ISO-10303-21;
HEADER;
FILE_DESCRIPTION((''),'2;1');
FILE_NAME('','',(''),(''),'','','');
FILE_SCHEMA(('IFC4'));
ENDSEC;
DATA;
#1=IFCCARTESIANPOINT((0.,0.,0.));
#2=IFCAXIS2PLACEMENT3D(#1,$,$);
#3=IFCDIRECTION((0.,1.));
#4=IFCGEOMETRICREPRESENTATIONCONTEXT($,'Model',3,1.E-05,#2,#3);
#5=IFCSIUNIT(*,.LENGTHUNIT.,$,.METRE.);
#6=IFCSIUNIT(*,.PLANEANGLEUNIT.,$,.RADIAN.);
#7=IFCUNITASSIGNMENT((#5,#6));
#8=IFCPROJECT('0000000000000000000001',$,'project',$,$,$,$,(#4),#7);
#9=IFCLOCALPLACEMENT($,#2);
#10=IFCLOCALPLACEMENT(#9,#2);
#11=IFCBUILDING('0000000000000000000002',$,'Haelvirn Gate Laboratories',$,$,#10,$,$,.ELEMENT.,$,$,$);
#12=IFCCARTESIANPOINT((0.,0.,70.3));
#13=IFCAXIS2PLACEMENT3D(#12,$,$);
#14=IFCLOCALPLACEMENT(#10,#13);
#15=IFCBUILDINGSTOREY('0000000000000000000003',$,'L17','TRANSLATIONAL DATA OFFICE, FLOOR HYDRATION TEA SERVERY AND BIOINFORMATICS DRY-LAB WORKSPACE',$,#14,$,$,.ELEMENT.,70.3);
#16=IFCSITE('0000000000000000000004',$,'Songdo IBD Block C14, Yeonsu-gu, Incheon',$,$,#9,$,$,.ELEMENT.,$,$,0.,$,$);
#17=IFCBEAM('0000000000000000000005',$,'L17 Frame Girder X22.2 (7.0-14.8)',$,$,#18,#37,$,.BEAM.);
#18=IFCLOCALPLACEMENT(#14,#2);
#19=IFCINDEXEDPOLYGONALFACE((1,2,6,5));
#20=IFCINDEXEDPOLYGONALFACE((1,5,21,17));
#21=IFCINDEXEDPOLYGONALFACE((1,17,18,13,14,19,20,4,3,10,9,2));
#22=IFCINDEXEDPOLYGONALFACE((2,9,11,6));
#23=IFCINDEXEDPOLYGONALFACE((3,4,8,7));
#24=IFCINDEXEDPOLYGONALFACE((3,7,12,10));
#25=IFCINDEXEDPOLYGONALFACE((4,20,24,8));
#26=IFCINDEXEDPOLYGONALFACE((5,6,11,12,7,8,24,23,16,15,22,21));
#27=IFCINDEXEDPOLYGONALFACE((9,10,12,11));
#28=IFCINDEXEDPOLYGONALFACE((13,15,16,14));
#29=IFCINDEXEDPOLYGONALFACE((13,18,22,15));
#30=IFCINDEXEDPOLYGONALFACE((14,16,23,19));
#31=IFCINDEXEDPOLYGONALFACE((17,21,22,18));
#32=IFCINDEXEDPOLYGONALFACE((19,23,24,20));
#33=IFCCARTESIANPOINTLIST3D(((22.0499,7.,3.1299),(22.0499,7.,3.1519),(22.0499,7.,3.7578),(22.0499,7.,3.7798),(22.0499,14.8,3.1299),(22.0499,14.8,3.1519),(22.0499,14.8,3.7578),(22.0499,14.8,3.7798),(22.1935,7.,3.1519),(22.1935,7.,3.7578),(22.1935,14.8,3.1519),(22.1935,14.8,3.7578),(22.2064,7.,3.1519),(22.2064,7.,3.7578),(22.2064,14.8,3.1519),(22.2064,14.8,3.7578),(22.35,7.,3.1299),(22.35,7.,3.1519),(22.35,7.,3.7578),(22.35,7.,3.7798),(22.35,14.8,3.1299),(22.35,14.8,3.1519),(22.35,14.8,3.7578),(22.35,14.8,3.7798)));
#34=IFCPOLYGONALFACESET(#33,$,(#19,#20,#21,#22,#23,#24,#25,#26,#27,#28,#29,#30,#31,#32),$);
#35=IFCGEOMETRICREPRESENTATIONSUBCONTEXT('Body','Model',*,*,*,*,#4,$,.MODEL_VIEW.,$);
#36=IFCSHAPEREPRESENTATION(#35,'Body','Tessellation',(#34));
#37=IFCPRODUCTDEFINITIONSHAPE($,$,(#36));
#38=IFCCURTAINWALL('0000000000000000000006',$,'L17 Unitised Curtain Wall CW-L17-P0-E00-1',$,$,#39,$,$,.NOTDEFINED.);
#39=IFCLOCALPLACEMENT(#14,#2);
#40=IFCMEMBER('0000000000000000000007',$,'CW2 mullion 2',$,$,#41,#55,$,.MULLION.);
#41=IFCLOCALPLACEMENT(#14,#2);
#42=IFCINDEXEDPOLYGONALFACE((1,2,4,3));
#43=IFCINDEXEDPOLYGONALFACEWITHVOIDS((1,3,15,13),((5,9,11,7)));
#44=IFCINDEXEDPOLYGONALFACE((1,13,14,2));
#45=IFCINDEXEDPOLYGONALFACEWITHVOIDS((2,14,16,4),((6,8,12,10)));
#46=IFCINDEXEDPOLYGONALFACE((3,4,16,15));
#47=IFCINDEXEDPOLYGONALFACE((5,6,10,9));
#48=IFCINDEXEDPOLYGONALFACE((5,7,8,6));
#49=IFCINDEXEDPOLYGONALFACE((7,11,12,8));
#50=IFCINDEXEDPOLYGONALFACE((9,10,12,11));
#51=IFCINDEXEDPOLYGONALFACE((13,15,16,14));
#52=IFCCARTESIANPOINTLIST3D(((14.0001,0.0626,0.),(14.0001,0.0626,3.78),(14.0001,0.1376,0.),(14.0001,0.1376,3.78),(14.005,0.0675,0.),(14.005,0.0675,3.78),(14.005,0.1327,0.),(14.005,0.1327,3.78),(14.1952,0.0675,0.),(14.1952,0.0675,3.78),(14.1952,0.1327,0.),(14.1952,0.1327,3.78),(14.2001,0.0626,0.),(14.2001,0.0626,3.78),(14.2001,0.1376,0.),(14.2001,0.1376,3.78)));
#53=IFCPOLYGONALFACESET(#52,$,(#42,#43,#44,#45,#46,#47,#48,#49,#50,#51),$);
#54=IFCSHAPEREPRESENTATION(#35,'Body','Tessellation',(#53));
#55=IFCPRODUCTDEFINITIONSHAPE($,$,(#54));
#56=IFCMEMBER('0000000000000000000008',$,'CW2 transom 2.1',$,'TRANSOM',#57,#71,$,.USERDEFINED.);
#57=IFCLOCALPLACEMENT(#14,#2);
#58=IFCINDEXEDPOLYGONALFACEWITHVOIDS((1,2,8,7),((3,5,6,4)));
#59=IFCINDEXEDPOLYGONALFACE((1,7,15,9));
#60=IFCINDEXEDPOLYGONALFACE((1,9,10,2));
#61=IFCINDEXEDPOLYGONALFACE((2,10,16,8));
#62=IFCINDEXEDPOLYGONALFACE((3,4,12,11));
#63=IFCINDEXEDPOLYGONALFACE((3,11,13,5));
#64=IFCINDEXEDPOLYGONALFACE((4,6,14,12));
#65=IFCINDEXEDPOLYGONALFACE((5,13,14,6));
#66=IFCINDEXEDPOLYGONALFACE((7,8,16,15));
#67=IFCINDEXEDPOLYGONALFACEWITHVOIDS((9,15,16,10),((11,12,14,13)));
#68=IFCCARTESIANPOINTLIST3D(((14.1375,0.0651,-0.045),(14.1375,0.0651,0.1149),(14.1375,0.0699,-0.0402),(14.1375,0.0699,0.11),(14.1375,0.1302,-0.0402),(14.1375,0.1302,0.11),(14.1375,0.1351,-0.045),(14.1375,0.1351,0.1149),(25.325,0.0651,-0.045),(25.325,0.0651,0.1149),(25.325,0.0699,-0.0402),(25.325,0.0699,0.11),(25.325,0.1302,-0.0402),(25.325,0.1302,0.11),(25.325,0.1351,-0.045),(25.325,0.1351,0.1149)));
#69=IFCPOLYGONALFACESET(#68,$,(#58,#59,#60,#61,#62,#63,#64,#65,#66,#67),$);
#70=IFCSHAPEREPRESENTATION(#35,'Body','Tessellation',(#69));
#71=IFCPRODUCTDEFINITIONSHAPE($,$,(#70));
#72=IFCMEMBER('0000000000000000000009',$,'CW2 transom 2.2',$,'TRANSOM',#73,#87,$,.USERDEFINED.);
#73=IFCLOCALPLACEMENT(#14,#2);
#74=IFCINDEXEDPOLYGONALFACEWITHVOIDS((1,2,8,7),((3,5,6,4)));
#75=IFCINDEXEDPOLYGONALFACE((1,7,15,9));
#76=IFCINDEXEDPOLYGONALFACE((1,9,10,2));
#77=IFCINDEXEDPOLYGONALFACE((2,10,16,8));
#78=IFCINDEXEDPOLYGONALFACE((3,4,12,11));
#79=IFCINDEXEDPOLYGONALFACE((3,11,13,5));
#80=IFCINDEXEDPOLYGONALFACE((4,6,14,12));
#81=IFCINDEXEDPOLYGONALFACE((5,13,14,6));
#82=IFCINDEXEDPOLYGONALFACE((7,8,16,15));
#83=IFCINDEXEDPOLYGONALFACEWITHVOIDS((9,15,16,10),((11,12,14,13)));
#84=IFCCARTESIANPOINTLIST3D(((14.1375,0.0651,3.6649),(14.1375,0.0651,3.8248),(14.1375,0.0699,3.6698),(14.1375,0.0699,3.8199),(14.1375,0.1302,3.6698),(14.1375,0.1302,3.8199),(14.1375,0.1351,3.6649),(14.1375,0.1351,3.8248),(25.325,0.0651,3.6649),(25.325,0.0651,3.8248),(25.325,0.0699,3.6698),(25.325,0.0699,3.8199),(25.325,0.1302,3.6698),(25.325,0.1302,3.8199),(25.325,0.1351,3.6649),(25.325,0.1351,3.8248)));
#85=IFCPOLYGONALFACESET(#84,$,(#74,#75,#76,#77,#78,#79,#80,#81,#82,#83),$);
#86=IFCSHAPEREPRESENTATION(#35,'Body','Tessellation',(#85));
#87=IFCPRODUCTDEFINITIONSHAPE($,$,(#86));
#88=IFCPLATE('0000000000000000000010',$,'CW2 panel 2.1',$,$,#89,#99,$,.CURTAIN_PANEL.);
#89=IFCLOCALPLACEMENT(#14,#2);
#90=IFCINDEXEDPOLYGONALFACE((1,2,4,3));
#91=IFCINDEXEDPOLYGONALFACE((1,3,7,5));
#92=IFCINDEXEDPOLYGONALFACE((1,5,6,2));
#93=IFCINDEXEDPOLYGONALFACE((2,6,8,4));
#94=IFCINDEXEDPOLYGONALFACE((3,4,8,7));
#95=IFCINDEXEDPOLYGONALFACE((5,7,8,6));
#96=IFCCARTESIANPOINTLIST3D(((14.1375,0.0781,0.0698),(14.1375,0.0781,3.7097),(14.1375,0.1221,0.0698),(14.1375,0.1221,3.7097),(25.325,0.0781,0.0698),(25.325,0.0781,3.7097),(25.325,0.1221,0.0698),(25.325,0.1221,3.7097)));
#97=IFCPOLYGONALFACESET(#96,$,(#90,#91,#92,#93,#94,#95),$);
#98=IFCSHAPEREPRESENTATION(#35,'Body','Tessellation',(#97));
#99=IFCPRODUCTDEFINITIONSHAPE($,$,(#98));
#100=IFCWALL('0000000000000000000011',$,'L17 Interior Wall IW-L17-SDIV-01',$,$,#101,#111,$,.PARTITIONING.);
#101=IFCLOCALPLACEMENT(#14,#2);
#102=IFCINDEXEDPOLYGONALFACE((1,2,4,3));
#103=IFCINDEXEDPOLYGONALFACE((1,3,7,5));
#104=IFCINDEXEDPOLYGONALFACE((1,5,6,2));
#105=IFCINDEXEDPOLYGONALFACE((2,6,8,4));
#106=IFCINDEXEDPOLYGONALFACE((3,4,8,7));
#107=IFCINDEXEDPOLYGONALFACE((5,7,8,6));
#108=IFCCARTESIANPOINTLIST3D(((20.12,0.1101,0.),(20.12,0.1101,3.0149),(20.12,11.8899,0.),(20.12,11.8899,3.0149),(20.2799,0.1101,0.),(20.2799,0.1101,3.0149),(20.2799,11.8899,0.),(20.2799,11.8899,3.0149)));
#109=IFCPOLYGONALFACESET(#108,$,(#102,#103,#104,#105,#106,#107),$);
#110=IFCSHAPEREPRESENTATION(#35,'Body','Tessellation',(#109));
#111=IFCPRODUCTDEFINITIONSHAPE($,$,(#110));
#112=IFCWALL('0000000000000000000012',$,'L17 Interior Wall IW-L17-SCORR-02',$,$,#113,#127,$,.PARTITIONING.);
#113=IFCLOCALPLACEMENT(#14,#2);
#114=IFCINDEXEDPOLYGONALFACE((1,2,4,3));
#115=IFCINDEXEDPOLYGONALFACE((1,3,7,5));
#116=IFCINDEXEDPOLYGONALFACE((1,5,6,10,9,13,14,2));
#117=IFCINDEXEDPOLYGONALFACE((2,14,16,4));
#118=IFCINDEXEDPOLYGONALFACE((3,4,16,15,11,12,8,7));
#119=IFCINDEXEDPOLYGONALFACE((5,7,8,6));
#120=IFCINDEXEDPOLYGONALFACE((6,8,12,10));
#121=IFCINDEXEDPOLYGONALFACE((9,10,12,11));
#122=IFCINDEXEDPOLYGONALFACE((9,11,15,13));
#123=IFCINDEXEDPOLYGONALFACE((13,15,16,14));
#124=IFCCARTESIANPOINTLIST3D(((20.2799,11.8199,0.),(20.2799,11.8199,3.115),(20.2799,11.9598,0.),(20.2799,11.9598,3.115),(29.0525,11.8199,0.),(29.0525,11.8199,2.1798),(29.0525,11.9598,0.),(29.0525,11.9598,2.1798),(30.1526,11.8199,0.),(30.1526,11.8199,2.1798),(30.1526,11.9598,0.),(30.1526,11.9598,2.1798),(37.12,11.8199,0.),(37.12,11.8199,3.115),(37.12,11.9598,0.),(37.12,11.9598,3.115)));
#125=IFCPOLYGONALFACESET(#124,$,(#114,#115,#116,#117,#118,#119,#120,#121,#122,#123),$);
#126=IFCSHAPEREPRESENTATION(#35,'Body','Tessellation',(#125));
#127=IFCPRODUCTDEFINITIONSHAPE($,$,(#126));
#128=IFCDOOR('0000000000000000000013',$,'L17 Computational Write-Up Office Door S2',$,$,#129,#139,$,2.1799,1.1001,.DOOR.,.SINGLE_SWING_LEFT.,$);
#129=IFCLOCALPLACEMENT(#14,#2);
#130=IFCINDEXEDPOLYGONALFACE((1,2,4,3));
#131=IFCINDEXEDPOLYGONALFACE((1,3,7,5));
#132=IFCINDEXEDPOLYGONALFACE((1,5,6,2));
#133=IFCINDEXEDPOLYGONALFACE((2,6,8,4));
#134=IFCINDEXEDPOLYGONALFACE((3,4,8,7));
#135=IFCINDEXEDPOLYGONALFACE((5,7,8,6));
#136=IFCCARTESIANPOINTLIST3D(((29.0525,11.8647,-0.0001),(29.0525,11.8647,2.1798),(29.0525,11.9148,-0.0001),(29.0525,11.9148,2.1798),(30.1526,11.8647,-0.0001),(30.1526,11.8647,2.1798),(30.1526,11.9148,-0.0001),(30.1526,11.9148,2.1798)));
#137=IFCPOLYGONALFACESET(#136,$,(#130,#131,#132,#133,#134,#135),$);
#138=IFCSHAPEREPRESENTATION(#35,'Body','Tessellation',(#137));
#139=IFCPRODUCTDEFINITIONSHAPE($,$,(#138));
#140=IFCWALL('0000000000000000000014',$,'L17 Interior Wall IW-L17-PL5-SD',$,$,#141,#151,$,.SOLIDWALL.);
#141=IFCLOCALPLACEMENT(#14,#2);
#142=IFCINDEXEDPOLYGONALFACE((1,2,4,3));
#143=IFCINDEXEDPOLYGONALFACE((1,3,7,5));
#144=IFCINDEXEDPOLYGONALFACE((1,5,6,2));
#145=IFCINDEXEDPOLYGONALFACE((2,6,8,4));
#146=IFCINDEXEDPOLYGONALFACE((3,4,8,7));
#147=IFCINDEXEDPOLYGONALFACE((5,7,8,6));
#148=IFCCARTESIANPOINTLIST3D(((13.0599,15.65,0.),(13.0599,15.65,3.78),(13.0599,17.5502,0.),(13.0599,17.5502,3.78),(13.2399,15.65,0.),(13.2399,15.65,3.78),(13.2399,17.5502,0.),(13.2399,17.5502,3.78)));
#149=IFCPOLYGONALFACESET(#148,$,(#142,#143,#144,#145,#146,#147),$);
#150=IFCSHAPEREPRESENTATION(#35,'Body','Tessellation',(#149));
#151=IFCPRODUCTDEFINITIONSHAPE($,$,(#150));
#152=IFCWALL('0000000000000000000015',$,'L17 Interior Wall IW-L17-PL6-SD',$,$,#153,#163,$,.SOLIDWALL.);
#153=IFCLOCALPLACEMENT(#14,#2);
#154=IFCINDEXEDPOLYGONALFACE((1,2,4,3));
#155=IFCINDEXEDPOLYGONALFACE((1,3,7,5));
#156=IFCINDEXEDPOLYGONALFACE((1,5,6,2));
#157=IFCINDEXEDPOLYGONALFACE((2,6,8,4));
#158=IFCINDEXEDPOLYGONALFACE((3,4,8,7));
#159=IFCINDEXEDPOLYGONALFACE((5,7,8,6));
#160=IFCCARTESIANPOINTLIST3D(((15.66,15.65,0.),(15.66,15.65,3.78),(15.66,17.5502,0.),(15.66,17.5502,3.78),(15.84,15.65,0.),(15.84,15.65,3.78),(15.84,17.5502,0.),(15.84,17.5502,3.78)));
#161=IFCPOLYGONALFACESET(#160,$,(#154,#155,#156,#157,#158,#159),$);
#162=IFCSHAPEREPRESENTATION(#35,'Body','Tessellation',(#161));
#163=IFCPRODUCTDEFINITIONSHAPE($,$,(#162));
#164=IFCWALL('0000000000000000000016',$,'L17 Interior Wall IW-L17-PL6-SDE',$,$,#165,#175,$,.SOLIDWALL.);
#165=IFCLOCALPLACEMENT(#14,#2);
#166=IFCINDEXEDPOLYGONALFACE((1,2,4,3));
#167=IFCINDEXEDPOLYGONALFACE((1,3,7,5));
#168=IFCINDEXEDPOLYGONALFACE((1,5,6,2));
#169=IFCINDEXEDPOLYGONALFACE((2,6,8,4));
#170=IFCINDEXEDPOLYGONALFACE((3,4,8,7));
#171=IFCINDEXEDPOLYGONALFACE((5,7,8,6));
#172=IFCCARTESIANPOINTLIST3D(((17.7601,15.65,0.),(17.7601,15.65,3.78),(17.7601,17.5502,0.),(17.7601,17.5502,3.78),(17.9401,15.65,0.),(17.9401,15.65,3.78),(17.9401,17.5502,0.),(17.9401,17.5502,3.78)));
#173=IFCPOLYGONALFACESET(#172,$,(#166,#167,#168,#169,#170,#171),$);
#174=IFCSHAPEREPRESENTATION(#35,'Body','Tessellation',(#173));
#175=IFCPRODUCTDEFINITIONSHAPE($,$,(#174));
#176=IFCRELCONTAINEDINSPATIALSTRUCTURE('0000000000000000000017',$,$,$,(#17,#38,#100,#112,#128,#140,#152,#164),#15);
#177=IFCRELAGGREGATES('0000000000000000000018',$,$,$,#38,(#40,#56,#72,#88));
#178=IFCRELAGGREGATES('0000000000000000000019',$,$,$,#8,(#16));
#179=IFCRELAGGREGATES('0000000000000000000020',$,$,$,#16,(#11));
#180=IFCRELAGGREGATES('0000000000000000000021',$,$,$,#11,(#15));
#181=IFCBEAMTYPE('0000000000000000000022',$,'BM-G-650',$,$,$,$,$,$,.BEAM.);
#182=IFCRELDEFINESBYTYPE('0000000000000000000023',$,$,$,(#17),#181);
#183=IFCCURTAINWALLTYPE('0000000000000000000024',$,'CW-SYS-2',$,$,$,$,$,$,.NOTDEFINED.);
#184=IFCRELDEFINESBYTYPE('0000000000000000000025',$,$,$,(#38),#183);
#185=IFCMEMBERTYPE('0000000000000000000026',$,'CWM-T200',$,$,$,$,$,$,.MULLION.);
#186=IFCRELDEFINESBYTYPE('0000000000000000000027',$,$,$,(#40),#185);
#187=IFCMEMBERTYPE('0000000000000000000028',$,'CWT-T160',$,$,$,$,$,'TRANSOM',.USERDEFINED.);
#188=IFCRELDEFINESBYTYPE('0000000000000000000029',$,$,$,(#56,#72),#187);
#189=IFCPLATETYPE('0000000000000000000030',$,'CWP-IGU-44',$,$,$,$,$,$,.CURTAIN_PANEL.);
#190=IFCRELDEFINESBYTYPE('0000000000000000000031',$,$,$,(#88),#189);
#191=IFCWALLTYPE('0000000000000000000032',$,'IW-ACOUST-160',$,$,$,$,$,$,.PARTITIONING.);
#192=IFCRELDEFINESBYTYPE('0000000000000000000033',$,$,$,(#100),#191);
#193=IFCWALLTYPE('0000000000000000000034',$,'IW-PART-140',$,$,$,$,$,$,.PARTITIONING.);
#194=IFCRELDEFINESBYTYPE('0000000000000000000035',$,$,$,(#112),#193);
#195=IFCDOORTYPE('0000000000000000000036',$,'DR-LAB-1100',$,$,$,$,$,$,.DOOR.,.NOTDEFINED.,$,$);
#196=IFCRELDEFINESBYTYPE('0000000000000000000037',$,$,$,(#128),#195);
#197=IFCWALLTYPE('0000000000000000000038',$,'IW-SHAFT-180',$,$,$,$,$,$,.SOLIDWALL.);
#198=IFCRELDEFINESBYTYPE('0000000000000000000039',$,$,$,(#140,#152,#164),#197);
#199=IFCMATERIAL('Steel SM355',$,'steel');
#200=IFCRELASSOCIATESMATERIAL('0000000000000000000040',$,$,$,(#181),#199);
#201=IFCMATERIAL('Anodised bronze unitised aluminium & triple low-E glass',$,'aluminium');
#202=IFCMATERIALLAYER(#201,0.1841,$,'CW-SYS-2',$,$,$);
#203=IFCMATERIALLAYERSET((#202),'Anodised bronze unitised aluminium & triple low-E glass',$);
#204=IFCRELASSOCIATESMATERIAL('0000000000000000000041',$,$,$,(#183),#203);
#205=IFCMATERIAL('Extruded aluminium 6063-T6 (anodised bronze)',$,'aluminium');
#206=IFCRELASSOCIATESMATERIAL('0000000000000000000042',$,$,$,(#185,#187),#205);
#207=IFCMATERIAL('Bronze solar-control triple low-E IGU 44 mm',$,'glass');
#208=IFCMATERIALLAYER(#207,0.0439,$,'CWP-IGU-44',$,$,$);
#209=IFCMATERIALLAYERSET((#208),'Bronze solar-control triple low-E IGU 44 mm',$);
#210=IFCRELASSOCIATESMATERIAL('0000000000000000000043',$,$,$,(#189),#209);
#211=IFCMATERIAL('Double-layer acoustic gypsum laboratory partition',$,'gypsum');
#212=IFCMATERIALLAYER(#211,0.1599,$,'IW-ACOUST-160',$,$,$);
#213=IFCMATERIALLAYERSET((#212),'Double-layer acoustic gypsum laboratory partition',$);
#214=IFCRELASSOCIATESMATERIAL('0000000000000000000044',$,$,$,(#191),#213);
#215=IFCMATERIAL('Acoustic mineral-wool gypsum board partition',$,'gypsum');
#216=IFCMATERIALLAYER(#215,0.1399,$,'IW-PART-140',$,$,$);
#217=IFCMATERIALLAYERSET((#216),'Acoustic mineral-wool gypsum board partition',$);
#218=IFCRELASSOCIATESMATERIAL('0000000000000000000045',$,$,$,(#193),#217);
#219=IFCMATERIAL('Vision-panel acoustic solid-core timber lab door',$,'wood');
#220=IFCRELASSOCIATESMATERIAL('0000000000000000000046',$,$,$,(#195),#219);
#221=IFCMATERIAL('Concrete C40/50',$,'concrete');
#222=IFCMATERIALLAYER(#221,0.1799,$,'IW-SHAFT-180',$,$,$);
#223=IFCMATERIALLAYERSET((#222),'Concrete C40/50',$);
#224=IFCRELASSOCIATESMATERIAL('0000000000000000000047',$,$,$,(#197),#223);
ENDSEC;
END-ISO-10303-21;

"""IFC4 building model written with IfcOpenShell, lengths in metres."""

from ifc_helpers import new_model, si_unit, direction, frame, frame_2d, origin, origin_2d, place, context, subcontext, project, spatial, rectangle, hollow_rectangle, i_section, extrude, source, transform, mapped, material, layer, layer_set, material_profile, profile_set, type_object, type_shapes, element, fill, aggregate, save


model = new_model("IFC4")

# Units and contexts
model_context = context("Model", 3, precision=1e-05, world=origin(), true_north=direction((0.0, 1.0)))
body_context = subcontext(model_context, "Body", "Model", "MODEL_VIEW")
ifc_project = project(units=[si_unit("LENGTHUNIT", "METRE"), si_unit("PLANEANGLEUNIT", "RADIAN")], contexts=[model_context])

# Site, building, storey
site_placement = place(None, origin())
site = spatial("IfcSite", under=ifc_project, at=site_placement, Name="Songdo IBD Block C14, Yeonsu-gu, Incheon", CompositionType="ELEMENT", RefElevation=0.0)
building_placement = place(site_placement, origin())
building = spatial("IfcBuilding", under=site, at=building_placement, Name="Haelvirn Gate Laboratories", CompositionType="ELEMENT")
storey_placement = place(building_placement, frame((0.0, 0.0, 70.3)))
storey = spatial("IfcBuildingStorey", under=building, at=storey_placement, Name="L17", Description="TRANSLATIONAL DATA OFFICE, FLOOR HYDRATION TEA SERVERY AND BIOINFORMATICS DRY-LAB WORKSPACE", CompositionType="ELEMENT", Elevation=70.3)

# Beam
ifc_material_1 = material(Name="Steel SM355", Category="steel")
ifc_material_profile_1 = material_profile(ifc_material_1, i_section(OverallWidth=0.3, OverallDepth=0.6499, WebThickness=0.0129, FlangeThickness=0.022, at=origin_2d()), Name="H-650x300x13x22")
ifc_profile_set_1 = profile_set([ifc_material_profile_1], Name="Steel SM355")
beam_type_1 = type_object("IfcBeamType", Name="BM-G-650", PredefinedType="BEAM", material=ifc_profile_set_1)
shared_shape_1 = source(origin(), body_context, "Body", "SweptSolid", [
    extrude(i_section(OverallWidth=0.3, OverallDepth=0.6499, WebThickness=0.0129, FlangeThickness=0.022, at=origin_2d()), origin(), (0.0, 0.0, 1.0), 7.8),
])
beam_1_placement = place(storey_placement, frame((22.2, 7.0, 3.4548), z_axis=(0.0, 1.0, 0.0), x_axis=(-1.0, 0.0, 0.0)))
element("IfcBeam", 1, at=beam_1_placement, inside=storey, type_object=beam_type_1, Name="L17 Frame Girder X22.2 (7.0-14.8)", PredefinedType="BEAM", context=body_context, shape_type="MappedRepresentation", body=[
    mapped(shared_shape_1, transform((0.0, 0.0, 0.0), scale=1.0)),
])

# Curtain wall, members, plate
ifc_material_2 = material(Name="Anodised bronze unitised aluminium & triple low-E glass", Category="aluminium")
ifc_layer_1 = layer(ifc_material_2, 0.1841, Name="CW-SYS-2")
ifc_layer_set_1 = layer_set([ifc_layer_1], Name="Anodised bronze unitised aluminium & triple low-E glass")
curtain_wall_type = type_object("IfcCurtainWallType", Name="CW-SYS-2", PredefinedType="NOTDEFINED", material=ifc_layer_set_1)
curtain_wall_placement = place(storey_placement, origin())
curtain_wall = element("IfcCurtainWall", 2, at=curtain_wall_placement, inside=storey, type_object=curtain_wall_type, Name="L17 Unitised Curtain Wall CW-L17-P0-E00-1", PredefinedType="NOTDEFINED")
ifc_material_3 = material(Name="Extruded aluminium 6063-T6 (anodised bronze)", Category="aluminium")
ifc_material_profile_2 = material_profile(ifc_material_3, hollow_rectangle(XDim=0.075, YDim=0.2, WallThickness=0.0049, at=origin_2d()), Name="CWM-200x75x5")
ifc_profile_set_2 = profile_set([ifc_material_profile_2], Name="Extruded aluminium 6063-T6 (anodised bronze)")
member_type_1 = type_object("IfcMemberType", Name="CWM-T200", PredefinedType="MULLION", material=ifc_profile_set_2)
shared_shape_2 = source(origin(), body_context, "Body", "SweptSolid", [
    extrude(hollow_rectangle(XDim=0.075, YDim=0.2, WallThickness=0.0049, at=origin_2d()), origin(), (0.0, 0.0, 1.0), 3.78),
])
type_shapes(member_type_1, [shared_shape_2])
member_1_placement = place(storey_placement, frame((14.1001, 0.1001, 0.0), z_axis=(0.0, 0.0, 1.0), x_axis=(0.0, 1.0, 0.0)))
member_1 = element("IfcMember", 3, at=member_1_placement, type_object=member_type_1, Name="CW2 mullion 2", PredefinedType="MULLION", context=body_context, shape_type="MappedRepresentation", body=[
    mapped(shared_shape_2, transform((0.0, 0.0, 0.0), scale=1.0)),
])
ifc_material_profile_3 = material_profile(ifc_material_3, hollow_rectangle(XDim=0.0701, YDim=0.1599, WallThickness=0.0049, at=origin_2d()), Name="CWT-160x70x5")
ifc_profile_set_3 = profile_set([ifc_material_profile_3], Name="Extruded aluminium 6063-T6 (anodised bronze)")
member_type_2 = type_object("IfcMemberType", Name="CWT-T160", ElementType="TRANSOM", PredefinedType="USERDEFINED", material=ifc_profile_set_3)
shared_shape_3 = source(origin(), body_context, "Body", "SweptSolid", [
    extrude(hollow_rectangle(XDim=0.0701, YDim=0.1599, WallThickness=0.0049, at=origin_2d()), origin(), (0.0, 0.0, 1.0), 11.1875),
])
type_shapes(member_type_2, [shared_shape_3])
member_2_placement = place(storey_placement, frame((14.1375, 0.1001, 0.0349), z_axis=(1.0, 0.0, 0.0), x_axis=(0.0, 1.0, 0.0)))
member_2 = element("IfcMember", 4, at=member_2_placement, type_object=member_type_2, Name="CW2 transom 2.1", ObjectType="TRANSOM", PredefinedType="USERDEFINED", context=body_context, shape_type="MappedRepresentation", body=[
    mapped(shared_shape_3, transform((0.0, 0.0, 0.0), scale=1.0)),
])
member_3_placement = place(storey_placement, frame((14.1375, 0.1001, 3.7449), z_axis=(1.0, 0.0, 0.0), x_axis=(0.0, 1.0, 0.0)))
member_3 = element("IfcMember", 5, at=member_3_placement, type_object=member_type_2, Name="CW2 transom 2.2", ObjectType="TRANSOM", PredefinedType="USERDEFINED", context=body_context, shape_type="MappedRepresentation", body=[
    mapped(shared_shape_3, transform((0.0, 0.0, 0.0), scale=1.0)),
])
ifc_material_4 = material(Name="Bronze solar-control triple low-E IGU 44 mm", Category="glass")
ifc_layer_2 = layer(ifc_material_4, 0.0439, Name="CWP-IGU-44")
ifc_layer_set_2 = layer_set([ifc_layer_2], Name="Bronze solar-control triple low-E IGU 44 mm")
plate_type = type_object("IfcPlateType", Name="CWP-IGU-44", PredefinedType="CURTAIN_PANEL", material=ifc_layer_set_2)
shared_shape_4 = source(origin(), body_context, "Body", "SweptSolid", [
    extrude(rectangle(XDim=11.1875, YDim=0.0439, at=origin_2d()), origin(), (0.0, 0.0, 1.0), 3.6399),
])
type_shapes(plate_type, [shared_shape_4])
plate_placement = place(storey_placement, frame((19.7312, 0.1001, 0.0698), z_axis=(0.0, 0.0, 1.0), x_axis=(1.0, 0.0, 0.0)))
plate = element("IfcPlate", 6, at=plate_placement, type_object=plate_type, Name="CW2 panel 2.1", PredefinedType="CURTAIN_PANEL", context=body_context, shape_type="MappedRepresentation", body=[
    mapped(shared_shape_4, transform((0.0, 0.0, 0.0), scale=1.0)),
])
aggregate(curtain_wall, [member_1, member_2, member_3, plate])

# Wall
ifc_material_5 = material(Name="Double-layer acoustic gypsum laboratory partition", Category="gypsum")
ifc_layer_3 = layer(ifc_material_5, 0.1599, Name="IW-ACOUST-160")
ifc_layer_set_3 = layer_set([ifc_layer_3], Name="Double-layer acoustic gypsum laboratory partition")
wall_type_1 = type_object("IfcWallType", Name="IW-ACOUST-160", PredefinedType="PARTITIONING", material=ifc_layer_set_3)
wall_1_placement = place(storey_placement, frame((20.2, 0.1101, 0.0), z_axis=(0.0, 0.0, 1.0), x_axis=(0.0, 1.0, 0.0)))
element("IfcWall", 7, at=wall_1_placement, inside=storey, type_object=wall_type_1, Name="L17 Interior Wall IW-L17-SDIV-01", PredefinedType="PARTITIONING", context=body_context, shape_type="SweptSolid", body=[
    extrude(rectangle(XDim=11.7798, YDim=0.1599, at=frame_2d((5.8899, 0.0))), origin(), (0.0, 0.0, 1.0), 3.0149),
])

# Wall, opening, door
ifc_material_6 = material(Name="Acoustic mineral-wool gypsum board partition", Category="gypsum")
ifc_layer_4 = layer(ifc_material_6, 0.1399, Name="IW-PART-140")
ifc_layer_set_4 = layer_set([ifc_layer_4], Name="Acoustic mineral-wool gypsum board partition")
wall_type_2 = type_object("IfcWallType", Name="IW-PART-140", PredefinedType="PARTITIONING", material=ifc_layer_set_4)
wall_2_placement = place(storey_placement, frame((20.28, 11.8899, 0.0), z_axis=(0.0, 0.0, 1.0), x_axis=(1.0, 0.0, 0.0)))
wall_2 = element("IfcWall", 8, at=wall_2_placement, inside=storey, type_object=wall_type_2, Name="L17 Interior Wall IW-L17-SCORR-02", PredefinedType="PARTITIONING", context=body_context, shape_type="SweptSolid", body=[
    extrude(rectangle(XDim=16.8401, YDim=0.1399, at=frame_2d((8.4199, 0.0))), origin(), (0.0, 0.0, 1.0), 3.115),
])
opening_placement = place(wall_2_placement, frame((8.7725, 0.0, 0.0)))
opening = element("IfcOpeningElement", 9, at=opening_placement, cuts=wall_2, PredefinedType="OPENING", context=body_context, shape_type="SweptSolid", body=[
    extrude(rectangle(XDim=1.1001, YDim=2.1799, at=frame_2d((0.55, 1.0898))), frame((0.0, 0.0801, 0.0), z_axis=(0.0, -1.0, 0.0), x_axis=(1.0, 0.0, 0.0)), (0.0, 0.0, 1.0), 0.1599),
])
ifc_material_7 = material(Name="Vision-panel acoustic solid-core timber lab door", Category="wood")
door_type = type_object("IfcDoorType", Name="DR-LAB-1100", OperationType="NOTDEFINED", PredefinedType="DOOR", material=ifc_material_7)
shared_shape_5 = source(origin(), body_context, "Body", "SweptSolid", [
    extrude(rectangle(XDim=1.1001, YDim=2.1799, at=frame_2d((0.55, 1.0898))), frame((0.0, 0.0249, 0.0), z_axis=(0.0, -1.0, 0.0), x_axis=(1.0, 0.0, 0.0)), (0.0, 0.0, 1.0), 0.05),
])
type_shapes(door_type, [shared_shape_5])
door_placement = place(opening_placement, origin())
door = element("IfcDoor", 10, at=door_placement, inside=storey, type_object=door_type, Name="L17 Computational Write-Up Office Door S2", OperationType="SINGLE_SWING_LEFT", OverallHeight=2.1799, OverallWidth=1.1001, PredefinedType="DOOR", context=body_context, shape_type="MappedRepresentation", body=[
    mapped(shared_shape_5, transform((0.0, 0.0, 0.0), scale=1.0)),
])
fill(opening, door)

# Walls
ifc_material_8 = material(Name="Concrete C40/50", Category="concrete")
ifc_layer_5 = layer(ifc_material_8, 0.1799, Name="IW-SHAFT-180")
ifc_layer_set_5 = layer_set([ifc_layer_5], Name="Concrete C40/50")
wall_type_3 = type_object("IfcWallType", Name="IW-SHAFT-180", PredefinedType="SOLIDWALL", material=ifc_layer_set_5)
for number, where, z_axis, x_axis, name in (
    (11, (13.1499, 15.6499, 0.0), (0.0, 0.0, 1.0), (0.0, 1.0, 0.0), "L17 Interior Wall IW-L17-PL5-SD"),
    (12, (15.75, 15.6499, 0.0), (0.0, 0.0, 1.0), (0.0, 1.0, 0.0), "L17 Interior Wall IW-L17-PL6-SD"),
    (13, (17.8501, 15.6499, 0.0), (0.0, 0.0, 1.0), (0.0, 1.0, 0.0), "L17 Interior Wall IW-L17-PL6-SDE"),
):
    element("IfcWall", number, at=place(storey_placement, frame(where, z_axis=z_axis, x_axis=x_axis)), inside=storey, type_object=wall_type_3, Name=name, PredefinedType="SOLIDWALL", context=body_context, shape_type="SweptSolid", body=[
        extrude(rectangle(XDim=1.9001, YDim=0.1799, at=frame_2d((0.9502, 0.0))), origin(), (0.0, 0.0, 1.0), 3.78),
    ])

save(model, "model.ifc")
